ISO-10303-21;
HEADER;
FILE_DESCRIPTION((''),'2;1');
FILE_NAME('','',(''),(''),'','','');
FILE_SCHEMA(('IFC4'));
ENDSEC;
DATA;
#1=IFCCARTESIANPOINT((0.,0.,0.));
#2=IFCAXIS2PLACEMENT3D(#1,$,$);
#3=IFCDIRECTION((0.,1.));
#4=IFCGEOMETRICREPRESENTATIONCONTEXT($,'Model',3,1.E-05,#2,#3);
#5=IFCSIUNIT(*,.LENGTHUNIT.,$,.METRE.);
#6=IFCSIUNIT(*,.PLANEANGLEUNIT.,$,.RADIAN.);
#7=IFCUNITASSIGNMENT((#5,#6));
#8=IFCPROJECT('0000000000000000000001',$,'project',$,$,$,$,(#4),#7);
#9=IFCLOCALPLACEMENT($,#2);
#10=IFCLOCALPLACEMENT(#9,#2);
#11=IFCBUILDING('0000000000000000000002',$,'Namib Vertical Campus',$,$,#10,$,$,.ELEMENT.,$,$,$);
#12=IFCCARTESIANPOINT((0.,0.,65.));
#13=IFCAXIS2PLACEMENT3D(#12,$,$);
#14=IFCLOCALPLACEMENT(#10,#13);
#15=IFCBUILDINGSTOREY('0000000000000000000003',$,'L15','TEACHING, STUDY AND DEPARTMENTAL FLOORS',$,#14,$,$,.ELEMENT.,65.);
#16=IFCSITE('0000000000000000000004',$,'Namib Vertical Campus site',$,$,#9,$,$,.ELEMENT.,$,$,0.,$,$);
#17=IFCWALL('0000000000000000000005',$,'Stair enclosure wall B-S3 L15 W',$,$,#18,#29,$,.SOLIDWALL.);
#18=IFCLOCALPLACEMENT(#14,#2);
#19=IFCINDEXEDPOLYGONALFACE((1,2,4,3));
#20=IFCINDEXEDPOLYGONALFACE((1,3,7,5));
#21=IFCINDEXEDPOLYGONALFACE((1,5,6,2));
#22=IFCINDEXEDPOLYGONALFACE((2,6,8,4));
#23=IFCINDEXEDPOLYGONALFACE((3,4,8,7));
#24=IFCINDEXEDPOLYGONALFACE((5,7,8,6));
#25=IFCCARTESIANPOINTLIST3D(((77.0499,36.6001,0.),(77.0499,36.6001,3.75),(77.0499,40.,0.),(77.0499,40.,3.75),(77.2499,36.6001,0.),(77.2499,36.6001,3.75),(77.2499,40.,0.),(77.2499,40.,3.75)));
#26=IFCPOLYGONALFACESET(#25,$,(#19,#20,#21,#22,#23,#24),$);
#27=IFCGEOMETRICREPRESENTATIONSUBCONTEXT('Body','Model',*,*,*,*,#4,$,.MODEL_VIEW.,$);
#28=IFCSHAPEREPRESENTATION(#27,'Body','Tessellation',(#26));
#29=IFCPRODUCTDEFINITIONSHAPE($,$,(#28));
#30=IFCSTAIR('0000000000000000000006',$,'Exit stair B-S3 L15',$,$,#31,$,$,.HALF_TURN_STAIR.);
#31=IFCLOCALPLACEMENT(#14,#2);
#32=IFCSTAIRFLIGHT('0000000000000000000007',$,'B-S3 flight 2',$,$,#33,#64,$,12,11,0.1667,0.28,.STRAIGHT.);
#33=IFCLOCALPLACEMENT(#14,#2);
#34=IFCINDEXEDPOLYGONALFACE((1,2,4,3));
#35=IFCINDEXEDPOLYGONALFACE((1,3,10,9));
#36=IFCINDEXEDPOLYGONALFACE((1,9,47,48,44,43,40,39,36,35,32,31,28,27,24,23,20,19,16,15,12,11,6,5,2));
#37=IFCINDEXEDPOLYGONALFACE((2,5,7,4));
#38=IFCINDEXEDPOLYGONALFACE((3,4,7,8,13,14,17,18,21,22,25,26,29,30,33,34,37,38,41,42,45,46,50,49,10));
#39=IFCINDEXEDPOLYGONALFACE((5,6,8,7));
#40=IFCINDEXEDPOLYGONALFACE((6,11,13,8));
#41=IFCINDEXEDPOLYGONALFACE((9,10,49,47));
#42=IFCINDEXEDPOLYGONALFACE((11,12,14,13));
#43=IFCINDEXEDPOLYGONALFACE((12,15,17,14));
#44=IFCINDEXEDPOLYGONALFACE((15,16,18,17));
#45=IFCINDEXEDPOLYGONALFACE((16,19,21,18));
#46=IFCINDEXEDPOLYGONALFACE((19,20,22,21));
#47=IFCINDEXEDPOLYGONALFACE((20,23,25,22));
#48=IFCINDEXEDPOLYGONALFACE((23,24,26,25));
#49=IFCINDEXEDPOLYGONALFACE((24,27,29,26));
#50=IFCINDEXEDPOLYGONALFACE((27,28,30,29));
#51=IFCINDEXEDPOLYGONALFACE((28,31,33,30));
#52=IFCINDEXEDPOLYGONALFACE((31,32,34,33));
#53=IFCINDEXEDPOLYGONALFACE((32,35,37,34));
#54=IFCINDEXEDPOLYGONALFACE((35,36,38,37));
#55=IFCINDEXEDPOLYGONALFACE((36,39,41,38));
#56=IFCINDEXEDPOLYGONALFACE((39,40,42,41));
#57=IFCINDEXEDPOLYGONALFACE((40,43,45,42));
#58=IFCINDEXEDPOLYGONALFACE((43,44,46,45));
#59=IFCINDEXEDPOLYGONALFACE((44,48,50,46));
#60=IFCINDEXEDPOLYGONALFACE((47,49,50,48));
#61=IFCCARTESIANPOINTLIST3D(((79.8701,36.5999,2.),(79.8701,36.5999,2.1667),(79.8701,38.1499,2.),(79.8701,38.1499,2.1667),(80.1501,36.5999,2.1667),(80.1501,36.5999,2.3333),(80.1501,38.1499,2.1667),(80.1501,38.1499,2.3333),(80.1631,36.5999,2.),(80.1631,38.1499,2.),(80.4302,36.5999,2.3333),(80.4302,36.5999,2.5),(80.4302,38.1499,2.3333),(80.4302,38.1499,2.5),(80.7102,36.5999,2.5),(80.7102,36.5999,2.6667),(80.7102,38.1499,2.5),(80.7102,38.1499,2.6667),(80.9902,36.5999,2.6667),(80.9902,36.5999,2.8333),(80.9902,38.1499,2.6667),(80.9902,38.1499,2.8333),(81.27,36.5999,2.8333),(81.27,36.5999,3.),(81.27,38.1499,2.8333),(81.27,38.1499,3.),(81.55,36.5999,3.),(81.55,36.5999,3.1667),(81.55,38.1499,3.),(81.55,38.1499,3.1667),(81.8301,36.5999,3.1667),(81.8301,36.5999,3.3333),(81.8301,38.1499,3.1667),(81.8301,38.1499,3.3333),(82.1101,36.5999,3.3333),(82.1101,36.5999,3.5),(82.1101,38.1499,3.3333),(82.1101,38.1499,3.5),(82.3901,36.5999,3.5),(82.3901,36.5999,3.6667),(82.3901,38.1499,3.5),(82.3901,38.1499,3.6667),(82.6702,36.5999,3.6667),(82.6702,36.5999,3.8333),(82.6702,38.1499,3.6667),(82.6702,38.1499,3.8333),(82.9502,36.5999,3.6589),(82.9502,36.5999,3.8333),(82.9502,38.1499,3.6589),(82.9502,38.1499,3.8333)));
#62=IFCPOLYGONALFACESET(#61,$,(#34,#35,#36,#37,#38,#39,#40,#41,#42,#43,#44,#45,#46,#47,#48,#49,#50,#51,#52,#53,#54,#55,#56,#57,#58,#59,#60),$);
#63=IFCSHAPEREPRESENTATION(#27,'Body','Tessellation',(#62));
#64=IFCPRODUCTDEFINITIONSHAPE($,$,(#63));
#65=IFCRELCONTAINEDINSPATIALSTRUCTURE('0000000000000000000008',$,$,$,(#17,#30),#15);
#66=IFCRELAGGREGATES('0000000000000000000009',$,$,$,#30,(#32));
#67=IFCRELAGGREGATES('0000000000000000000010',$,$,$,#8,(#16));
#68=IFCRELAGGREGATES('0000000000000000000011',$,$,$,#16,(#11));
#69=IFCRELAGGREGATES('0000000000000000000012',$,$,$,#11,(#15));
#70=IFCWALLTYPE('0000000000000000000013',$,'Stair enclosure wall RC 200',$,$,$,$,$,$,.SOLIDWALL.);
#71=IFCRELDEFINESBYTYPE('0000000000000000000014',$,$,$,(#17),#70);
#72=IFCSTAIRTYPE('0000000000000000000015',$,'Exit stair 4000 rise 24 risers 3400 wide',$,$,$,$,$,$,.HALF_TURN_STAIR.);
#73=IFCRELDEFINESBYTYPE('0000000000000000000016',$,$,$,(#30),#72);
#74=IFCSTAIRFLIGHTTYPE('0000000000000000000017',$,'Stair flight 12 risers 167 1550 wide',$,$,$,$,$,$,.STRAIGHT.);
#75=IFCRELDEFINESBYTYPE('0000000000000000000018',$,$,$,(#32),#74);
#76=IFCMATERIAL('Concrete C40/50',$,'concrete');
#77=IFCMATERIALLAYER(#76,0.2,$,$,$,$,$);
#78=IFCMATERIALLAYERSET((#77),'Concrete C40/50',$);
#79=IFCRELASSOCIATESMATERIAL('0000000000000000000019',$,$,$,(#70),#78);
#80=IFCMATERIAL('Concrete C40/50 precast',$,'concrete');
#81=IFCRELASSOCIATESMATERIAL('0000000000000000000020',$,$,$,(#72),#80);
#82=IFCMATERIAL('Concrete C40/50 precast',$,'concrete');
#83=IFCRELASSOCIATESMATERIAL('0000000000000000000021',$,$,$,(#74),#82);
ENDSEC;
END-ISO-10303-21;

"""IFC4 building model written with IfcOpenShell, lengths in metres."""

from ifc_helpers import new_model, si_unit, direction, frame, frame_2d, origin, place, context, subcontext, project, spatial, polyline, rectangle, outline, extrude, material, layer, layer_set, type_object, element, aggregate, save


model = new_model("IFC4")

# Units and contexts
model_context = context("Model", 3, precision=1e-05, world=origin(), true_north=direction((0.0, 1.0)))
body_context = subcontext(model_context, "Body", "Model", "MODEL_VIEW")
ifc_project = project(units=[si_unit("LENGTHUNIT", "METRE"), si_unit("PLANEANGLEUNIT", "RADIAN")], contexts=[model_context])

# Site, building, storey
site_placement = place(None, origin())
site = spatial("IfcSite", under=ifc_project, at=site_placement, Name="Namib Vertical Campus site", CompositionType="ELEMENT", RefElevation=0.0)
building_placement = place(site_placement, origin())
building = spatial("IfcBuilding", under=site, at=building_placement, Name="Namib Vertical Campus", CompositionType="ELEMENT")
storey_placement = place(building_placement, frame((0.0, 0.0, 65.0)))
storey = spatial("IfcBuildingStorey", under=building, at=storey_placement, Name="L15", Description="TEACHING, STUDY AND DEPARTMENTAL FLOORS", CompositionType="ELEMENT", Elevation=65.0)

# Shared definitions
ifc_material_1 = material(Name="Concrete C40/50", Category="concrete")
ifc_layer_1 = layer(ifc_material_1, 0.2)
ifc_layer_set_1 = layer_set([ifc_layer_1], Name="Concrete C40/50")
wall_type_1 = type_object("IfcWallType", Name="Stair enclosure wall RC 200", PredefinedType="SOLIDWALL", material=ifc_layer_set_1)

# Wall
wall_1_placement = place(storey_placement, frame((77.1499, 36.6001, 0.0), z_axis=(0.0, 0.0, 1.0), x_axis=(0.0, 1.0, 0.0)))
element("IfcWall", 1, at=wall_1_placement, inside=storey, type_object=wall_type_1, Name="Stair enclosure wall B-S3 L15 W", PredefinedType="SOLIDWALL", context=body_context, shape_type="SweptSolid", body=[
    extrude(rectangle(XDim=3.3999, YDim=0.2, at=frame_2d((1.7, 0.0))), origin(), (0.0, 0.0, 1.0), 3.75),
])

# Stair, stair flight
ifc_material_2 = material(Name="Concrete C40/50 precast", Category="concrete")
stair_type = type_object("IfcStairType", Name="Exit stair 4000 rise 24 risers 3400 wide", PredefinedType="HALF_TURN_STAIR", material=ifc_material_2)
stair_placement = place(storey_placement, origin())
stair = element("IfcStair", 2, at=stair_placement, inside=storey, type_object=stair_type, Name="Exit stair B-S3 L15", PredefinedType="HALF_TURN_STAIR")
ifc_material_3 = material(Name="Concrete C40/50 precast", Category="concrete")
stair_flight_type = type_object("IfcStairFlightType", Name="Stair flight 12 risers 167 1550 wide", PredefinedType="STRAIGHT", material=ifc_material_3)
stair_flight_placement = place(storey_placement, frame((79.8701, 37.375, 2.0), z_axis=(0.0, 0.0, 1.0), x_axis=(1.0, 0.0, 0.0)))
stair_flight = element("IfcStairFlight", 3, at=stair_flight_placement, type_object=stair_flight_type, Name="B-S3 flight 2", NumberOfRisers=12, NumberOfTreads=11, PredefinedType="STRAIGHT", RiserHeight=0.1667, TreadLength=0.28, context=body_context, shape_type="SweptSolid", body=[
    extrude(outline(polyline([(0.0, 0.0), (0.0, 0.1667), (0.28, 0.1667), (0.28, 0.3333), (0.5601, 0.3333), (0.5601, 0.5), (0.8401, 0.5), (0.8401, 0.6667), (1.1201, 0.6667), (1.1201, 0.8333), (1.3999, 0.8333), (1.3999, 1.0), (1.6799, 1.0), (1.6799, 1.1667), (1.96, 1.1667), (1.96, 1.3333), (2.24, 1.3333), (2.24, 1.5), (2.52, 1.5), (2.52, 1.6667), (2.8, 1.6667), (2.8, 1.8333), (3.0801, 1.8333), (3.0801, 2.0), (3.0801, 1.6589), (0.293, 0.0), (0.0, 0.0)])), frame((0.0, 0.7749, 0.0), z_axis=(0.0, -1.0, 0.0), x_axis=(1.0, 0.0, 0.0)), (0.0, 0.0, 1.0), 1.55),
])
aggregate(stair, [stair_flight])

save(model, "model.ifc")
